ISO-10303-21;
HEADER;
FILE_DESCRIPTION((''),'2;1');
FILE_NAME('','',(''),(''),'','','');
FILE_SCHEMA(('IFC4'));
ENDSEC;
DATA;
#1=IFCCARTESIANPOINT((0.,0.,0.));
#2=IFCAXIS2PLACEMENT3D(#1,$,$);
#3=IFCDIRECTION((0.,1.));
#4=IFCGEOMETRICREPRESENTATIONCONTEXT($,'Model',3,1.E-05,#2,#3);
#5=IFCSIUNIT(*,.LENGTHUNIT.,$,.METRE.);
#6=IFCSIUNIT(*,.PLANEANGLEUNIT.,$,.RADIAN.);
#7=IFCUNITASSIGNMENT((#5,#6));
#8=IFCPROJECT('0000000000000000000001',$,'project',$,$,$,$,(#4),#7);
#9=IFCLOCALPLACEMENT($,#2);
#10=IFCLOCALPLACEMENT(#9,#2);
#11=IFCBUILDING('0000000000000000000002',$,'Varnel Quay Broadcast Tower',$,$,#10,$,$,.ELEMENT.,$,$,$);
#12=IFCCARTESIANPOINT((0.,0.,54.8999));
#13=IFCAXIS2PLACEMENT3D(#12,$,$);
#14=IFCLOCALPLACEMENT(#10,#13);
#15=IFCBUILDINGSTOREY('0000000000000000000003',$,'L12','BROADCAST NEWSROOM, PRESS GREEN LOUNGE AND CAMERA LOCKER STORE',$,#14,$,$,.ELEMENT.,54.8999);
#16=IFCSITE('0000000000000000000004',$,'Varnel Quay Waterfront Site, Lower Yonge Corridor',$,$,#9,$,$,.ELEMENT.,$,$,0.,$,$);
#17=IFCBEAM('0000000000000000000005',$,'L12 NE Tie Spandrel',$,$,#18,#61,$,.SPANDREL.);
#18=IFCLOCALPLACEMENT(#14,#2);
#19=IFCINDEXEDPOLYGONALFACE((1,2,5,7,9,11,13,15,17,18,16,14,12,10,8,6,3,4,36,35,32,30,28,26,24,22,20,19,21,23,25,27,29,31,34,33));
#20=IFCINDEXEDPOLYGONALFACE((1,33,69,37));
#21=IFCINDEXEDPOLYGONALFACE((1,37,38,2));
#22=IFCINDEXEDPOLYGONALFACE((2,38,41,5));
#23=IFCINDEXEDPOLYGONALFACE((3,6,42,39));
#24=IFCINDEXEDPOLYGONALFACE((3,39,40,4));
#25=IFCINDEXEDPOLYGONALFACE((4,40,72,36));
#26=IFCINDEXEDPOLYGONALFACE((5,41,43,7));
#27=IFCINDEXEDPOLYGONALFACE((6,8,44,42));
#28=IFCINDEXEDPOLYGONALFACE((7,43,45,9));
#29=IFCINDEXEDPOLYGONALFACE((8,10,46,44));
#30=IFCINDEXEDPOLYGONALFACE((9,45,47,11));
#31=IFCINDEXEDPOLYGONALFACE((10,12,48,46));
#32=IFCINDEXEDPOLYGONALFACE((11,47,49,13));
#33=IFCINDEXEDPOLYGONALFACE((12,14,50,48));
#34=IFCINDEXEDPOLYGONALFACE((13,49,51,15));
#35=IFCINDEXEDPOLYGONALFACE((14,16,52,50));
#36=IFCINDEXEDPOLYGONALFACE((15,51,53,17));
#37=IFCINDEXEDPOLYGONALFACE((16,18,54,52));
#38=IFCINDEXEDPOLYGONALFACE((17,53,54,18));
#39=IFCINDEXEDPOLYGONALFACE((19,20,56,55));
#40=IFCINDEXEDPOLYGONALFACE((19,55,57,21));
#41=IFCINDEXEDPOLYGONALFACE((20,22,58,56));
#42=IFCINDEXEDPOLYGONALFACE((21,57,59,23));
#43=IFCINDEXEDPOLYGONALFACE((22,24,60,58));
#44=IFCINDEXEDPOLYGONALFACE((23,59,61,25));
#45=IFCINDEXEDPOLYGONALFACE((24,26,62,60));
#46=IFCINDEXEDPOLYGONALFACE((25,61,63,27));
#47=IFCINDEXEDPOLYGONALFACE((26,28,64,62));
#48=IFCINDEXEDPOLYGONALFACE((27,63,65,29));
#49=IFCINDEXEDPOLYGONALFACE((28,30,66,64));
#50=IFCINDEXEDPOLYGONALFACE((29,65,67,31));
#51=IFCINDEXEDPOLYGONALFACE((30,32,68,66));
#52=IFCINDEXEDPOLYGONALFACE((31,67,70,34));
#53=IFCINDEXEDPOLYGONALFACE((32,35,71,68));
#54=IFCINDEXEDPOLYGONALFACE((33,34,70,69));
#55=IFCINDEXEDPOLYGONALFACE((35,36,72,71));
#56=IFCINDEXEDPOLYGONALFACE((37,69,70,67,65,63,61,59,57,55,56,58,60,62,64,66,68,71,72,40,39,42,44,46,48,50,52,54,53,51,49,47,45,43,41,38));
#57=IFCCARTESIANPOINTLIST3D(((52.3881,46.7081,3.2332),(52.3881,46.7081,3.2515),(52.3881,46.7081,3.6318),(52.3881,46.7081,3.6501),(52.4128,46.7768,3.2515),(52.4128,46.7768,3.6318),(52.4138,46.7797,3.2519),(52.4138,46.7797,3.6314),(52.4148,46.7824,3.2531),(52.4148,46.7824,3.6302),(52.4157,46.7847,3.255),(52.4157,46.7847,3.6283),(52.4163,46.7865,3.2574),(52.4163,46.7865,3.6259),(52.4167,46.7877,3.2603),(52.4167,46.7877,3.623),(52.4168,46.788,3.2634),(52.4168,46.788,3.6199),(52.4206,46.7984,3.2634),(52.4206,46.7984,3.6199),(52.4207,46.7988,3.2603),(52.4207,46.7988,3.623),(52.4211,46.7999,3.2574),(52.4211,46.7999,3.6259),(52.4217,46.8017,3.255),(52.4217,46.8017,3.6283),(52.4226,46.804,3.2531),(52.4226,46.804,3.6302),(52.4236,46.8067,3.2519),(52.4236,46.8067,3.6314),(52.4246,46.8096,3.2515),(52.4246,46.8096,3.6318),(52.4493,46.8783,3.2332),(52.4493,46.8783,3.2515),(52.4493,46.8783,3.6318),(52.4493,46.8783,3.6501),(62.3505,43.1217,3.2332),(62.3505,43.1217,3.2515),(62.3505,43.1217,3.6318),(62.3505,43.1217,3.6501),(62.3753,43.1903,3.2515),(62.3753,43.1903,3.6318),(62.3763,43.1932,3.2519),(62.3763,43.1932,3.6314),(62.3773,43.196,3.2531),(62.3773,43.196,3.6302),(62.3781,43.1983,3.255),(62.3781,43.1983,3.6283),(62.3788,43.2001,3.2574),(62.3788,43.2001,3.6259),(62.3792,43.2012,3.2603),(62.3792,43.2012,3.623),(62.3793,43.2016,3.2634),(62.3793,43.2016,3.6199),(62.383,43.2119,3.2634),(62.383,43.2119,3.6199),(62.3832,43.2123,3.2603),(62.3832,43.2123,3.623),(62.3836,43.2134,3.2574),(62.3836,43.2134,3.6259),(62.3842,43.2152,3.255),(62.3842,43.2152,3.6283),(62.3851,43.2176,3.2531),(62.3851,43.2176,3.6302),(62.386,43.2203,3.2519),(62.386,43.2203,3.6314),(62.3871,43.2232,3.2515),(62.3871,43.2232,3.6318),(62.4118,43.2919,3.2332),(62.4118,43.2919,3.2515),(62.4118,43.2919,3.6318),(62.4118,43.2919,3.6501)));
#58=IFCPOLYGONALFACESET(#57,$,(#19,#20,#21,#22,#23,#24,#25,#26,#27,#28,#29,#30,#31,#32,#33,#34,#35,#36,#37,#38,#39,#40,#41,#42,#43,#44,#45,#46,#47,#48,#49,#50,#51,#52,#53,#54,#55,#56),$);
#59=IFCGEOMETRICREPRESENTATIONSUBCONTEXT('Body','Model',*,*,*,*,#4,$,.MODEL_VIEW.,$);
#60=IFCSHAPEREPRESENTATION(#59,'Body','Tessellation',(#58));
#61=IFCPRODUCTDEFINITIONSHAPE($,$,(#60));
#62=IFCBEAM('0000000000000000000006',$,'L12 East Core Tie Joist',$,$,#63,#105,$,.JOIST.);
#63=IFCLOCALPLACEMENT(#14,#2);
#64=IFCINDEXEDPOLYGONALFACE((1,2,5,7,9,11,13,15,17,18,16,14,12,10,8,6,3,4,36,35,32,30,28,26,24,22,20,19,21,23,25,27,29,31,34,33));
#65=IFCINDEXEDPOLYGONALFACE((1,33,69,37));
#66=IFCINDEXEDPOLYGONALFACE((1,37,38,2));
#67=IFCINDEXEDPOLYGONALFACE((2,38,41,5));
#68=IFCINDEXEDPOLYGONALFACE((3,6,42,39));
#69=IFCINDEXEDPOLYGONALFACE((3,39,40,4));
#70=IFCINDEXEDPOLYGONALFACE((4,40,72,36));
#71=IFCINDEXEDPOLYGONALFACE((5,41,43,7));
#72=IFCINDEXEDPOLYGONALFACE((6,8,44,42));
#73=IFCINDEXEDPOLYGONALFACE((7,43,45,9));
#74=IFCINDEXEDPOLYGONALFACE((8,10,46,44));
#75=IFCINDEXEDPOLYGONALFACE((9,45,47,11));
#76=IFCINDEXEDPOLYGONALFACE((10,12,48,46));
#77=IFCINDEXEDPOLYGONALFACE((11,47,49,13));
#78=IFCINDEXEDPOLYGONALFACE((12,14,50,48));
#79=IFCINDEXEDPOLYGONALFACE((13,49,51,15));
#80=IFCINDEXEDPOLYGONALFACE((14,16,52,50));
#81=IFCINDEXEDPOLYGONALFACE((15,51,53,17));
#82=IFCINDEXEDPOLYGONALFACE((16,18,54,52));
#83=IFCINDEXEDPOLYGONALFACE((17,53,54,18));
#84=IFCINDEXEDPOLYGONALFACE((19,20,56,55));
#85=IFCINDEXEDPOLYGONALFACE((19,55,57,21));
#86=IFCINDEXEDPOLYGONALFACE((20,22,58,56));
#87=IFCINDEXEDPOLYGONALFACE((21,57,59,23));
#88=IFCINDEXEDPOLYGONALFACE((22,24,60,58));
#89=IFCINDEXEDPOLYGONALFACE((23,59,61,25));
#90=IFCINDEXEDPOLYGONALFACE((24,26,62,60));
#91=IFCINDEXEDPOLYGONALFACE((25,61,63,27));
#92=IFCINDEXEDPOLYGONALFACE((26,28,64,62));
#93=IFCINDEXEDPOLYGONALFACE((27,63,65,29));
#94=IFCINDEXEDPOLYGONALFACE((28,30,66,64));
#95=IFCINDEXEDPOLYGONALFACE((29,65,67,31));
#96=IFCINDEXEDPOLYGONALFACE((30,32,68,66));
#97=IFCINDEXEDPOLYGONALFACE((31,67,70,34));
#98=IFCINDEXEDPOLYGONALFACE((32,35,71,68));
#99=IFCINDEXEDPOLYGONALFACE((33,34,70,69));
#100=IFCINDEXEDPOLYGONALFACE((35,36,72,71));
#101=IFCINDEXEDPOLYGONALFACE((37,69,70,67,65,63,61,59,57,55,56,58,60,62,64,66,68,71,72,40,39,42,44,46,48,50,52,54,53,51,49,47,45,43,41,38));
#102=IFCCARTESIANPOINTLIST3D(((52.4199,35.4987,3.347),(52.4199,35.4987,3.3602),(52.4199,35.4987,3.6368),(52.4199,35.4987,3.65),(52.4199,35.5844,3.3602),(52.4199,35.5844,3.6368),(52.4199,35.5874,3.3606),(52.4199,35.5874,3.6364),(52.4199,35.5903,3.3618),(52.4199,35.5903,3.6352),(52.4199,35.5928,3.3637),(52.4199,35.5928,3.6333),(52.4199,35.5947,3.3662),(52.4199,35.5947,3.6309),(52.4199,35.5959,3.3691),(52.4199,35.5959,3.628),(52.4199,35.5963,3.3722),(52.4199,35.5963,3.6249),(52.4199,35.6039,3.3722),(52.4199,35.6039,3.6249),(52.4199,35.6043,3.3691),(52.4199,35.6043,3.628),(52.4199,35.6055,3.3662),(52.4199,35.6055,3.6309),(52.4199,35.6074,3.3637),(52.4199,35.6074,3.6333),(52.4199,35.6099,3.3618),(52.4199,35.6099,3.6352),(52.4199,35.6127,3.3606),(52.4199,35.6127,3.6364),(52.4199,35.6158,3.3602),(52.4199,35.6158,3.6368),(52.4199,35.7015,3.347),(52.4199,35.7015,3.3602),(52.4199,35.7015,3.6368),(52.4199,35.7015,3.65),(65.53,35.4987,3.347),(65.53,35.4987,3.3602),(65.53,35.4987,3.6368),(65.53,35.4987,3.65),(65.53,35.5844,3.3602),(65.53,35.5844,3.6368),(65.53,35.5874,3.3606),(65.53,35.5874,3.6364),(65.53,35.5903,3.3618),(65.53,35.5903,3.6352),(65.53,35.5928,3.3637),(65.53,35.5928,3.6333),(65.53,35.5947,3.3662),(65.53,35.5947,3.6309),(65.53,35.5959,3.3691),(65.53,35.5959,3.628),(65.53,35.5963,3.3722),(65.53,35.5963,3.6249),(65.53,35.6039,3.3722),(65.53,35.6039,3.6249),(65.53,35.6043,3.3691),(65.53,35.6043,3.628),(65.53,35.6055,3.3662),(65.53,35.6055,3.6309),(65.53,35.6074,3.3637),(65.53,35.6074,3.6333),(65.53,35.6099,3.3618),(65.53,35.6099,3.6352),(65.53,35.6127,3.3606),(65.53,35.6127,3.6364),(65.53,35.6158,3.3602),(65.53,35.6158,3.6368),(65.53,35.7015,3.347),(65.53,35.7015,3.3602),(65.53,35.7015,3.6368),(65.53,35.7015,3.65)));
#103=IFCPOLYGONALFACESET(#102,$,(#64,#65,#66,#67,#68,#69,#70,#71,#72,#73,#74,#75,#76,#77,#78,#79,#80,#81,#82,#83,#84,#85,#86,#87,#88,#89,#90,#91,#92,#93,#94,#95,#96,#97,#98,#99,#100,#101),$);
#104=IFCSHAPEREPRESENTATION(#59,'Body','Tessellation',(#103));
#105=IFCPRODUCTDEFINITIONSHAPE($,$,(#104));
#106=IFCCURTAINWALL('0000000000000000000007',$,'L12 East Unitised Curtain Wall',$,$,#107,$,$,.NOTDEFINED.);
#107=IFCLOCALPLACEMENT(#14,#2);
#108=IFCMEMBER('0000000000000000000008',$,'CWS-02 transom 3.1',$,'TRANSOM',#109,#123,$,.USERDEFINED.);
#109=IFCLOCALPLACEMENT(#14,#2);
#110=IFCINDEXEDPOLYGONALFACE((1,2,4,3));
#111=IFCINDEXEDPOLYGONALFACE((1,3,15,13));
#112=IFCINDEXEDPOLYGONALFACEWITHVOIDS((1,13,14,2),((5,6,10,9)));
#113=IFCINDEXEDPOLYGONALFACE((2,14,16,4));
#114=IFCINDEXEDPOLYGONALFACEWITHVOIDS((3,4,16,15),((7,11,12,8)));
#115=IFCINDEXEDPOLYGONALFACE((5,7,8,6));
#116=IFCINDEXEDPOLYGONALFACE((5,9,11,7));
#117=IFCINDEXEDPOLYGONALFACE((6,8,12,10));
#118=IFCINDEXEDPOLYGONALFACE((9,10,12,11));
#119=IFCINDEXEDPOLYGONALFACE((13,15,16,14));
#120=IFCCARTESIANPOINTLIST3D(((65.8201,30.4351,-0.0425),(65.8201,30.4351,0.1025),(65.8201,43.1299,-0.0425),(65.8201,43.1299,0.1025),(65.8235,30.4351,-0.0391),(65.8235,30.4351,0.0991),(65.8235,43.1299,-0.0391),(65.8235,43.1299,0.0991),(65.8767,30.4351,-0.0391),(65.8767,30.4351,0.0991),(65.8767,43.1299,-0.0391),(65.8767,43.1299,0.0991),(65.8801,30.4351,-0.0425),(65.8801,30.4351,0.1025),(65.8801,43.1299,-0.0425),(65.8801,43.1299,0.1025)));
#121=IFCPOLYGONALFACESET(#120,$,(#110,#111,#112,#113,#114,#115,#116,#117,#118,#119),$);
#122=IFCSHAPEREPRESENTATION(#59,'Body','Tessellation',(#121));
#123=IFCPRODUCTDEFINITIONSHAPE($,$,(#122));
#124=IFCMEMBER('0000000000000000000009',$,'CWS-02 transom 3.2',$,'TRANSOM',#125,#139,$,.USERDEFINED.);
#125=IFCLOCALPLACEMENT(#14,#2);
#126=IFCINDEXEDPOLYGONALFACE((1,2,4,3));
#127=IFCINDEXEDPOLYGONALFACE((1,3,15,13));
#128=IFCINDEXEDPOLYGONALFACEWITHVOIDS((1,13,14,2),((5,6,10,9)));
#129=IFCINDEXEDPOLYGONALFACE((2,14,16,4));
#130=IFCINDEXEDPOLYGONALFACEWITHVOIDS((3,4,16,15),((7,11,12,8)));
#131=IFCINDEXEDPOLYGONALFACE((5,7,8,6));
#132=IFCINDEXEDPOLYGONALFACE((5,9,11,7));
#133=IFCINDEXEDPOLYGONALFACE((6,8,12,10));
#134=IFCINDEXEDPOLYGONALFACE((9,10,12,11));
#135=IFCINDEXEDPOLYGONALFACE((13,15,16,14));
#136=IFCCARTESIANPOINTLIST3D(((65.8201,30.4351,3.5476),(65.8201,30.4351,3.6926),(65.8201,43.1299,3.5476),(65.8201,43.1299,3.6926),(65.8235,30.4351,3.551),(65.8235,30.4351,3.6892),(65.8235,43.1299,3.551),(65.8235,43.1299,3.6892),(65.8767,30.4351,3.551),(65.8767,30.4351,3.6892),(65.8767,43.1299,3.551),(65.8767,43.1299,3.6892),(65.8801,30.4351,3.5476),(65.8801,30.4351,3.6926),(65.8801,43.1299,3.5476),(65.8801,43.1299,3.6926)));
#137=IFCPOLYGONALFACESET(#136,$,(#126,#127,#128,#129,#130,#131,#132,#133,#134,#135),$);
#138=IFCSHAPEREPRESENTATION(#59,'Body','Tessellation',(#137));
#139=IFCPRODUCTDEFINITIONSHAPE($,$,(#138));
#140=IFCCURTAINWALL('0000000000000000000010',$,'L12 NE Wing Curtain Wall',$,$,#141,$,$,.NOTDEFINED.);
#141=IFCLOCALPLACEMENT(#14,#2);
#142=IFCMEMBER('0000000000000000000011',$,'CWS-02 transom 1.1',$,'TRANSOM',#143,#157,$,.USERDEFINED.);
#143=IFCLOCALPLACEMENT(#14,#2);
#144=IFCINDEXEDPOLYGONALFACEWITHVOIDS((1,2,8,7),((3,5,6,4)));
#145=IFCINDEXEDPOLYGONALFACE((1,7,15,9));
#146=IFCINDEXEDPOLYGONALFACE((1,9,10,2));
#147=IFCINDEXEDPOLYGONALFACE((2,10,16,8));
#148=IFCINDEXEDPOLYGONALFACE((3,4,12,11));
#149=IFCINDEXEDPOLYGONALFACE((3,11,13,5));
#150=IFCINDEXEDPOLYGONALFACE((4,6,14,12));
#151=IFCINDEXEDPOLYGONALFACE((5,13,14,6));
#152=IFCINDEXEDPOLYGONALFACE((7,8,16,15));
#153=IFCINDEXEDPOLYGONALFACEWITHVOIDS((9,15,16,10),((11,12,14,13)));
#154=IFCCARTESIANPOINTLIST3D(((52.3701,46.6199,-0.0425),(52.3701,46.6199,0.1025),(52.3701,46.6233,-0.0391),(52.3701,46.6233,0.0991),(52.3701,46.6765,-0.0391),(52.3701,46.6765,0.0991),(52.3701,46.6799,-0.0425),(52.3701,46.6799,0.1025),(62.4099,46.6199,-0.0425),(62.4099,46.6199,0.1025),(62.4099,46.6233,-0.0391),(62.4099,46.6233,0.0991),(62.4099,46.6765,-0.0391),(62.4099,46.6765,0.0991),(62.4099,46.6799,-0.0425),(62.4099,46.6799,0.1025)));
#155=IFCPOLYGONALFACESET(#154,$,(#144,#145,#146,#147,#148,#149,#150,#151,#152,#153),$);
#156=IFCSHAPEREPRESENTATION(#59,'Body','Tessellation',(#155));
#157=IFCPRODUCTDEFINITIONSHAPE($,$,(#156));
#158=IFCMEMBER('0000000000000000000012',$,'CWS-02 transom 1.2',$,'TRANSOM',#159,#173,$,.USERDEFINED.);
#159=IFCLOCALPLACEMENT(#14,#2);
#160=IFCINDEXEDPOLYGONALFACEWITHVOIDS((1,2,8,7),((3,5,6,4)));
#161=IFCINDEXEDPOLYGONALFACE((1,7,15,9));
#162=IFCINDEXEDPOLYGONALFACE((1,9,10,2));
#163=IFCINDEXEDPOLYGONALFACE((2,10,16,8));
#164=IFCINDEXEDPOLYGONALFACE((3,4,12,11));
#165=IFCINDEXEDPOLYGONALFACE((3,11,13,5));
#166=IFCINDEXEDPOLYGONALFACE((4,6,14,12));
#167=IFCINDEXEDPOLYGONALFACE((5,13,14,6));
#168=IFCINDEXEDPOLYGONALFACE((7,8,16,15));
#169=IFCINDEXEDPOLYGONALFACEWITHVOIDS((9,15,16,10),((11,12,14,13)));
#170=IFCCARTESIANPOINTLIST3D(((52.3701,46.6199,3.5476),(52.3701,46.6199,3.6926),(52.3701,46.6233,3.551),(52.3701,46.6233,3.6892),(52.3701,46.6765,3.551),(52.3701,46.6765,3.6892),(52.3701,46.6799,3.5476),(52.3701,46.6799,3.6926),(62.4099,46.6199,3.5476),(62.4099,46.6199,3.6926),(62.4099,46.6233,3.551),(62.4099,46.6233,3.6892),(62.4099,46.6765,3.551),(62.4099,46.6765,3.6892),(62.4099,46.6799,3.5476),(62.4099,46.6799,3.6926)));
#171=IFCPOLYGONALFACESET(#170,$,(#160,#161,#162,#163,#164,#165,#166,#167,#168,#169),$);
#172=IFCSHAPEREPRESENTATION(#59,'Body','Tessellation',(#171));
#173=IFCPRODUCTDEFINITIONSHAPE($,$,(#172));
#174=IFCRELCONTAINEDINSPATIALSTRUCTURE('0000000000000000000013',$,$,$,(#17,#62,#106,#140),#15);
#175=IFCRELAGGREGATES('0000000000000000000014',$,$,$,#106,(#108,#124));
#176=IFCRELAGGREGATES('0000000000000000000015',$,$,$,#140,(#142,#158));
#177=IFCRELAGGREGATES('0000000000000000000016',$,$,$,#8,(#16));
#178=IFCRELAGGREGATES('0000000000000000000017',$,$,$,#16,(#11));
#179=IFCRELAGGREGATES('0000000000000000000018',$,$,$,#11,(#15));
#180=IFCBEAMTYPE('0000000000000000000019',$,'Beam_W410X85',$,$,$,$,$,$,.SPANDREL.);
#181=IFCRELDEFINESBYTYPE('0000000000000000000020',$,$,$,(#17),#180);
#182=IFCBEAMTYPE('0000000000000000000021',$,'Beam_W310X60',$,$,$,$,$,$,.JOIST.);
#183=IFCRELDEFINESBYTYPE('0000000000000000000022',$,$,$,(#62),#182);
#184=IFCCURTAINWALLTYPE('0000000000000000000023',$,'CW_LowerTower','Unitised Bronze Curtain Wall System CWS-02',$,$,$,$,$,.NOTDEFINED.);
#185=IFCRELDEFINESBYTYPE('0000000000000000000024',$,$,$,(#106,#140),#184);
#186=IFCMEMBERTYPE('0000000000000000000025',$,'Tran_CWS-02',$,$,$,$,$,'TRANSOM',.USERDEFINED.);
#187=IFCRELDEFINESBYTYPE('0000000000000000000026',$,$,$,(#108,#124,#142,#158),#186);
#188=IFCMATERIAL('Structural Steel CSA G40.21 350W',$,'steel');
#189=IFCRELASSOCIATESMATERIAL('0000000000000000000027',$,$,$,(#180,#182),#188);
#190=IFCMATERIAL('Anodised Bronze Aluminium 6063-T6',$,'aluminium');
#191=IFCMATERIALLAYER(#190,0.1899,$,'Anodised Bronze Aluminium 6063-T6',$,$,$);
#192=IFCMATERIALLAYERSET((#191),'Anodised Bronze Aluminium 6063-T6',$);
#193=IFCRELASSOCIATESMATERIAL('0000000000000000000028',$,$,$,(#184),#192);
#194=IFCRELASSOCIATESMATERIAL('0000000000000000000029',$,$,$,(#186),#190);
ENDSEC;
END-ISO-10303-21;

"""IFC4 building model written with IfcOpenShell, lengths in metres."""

from ifc_helpers import new_model, si_unit, direction, frame, origin, origin_2d, place, context, subcontext, project, spatial, hollow_rectangle, i_section, extrude, source, transform, mapped, material, layer, layer_set, material_profile, profile_set, type_object, type_shapes, element, aggregate, save


model = new_model("IFC4")

# Units and contexts
model_context = context("Model", 3, precision=1e-05, world=origin(), true_north=direction((0.0, 1.0)))
body_context = subcontext(model_context, "Body", "Model", "MODEL_VIEW")
ifc_project = project(units=[si_unit("LENGTHUNIT", "METRE"), si_unit("PLANEANGLEUNIT", "RADIAN")], contexts=[model_context])

# Site, building, storey
site_placement = place(None, origin())
site = spatial("IfcSite", under=ifc_project, at=site_placement, Name="Varnel Quay Waterfront Site, Lower Yonge Corridor", CompositionType="ELEMENT", RefElevation=0.0)
building_placement = place(site_placement, origin())
building = spatial("IfcBuilding", under=site, at=building_placement, Name="Varnel Quay Broadcast Tower", CompositionType="ELEMENT")
storey_placement = place(building_placement, frame((0.0, 0.0, 54.8999)))
storey = spatial("IfcBuildingStorey", under=building, at=storey_placement, Name="L12", Description="BROADCAST NEWSROOM, PRESS GREEN LOUNGE AND CAMERA LOCKER STORE", CompositionType="ELEMENT", Elevation=54.8999)

# Shared definitions
ifc_material_1 = material(Name="Structural Steel CSA G40.21 350W", Category="steel")

# Beams
ifc_material_profile_1 = material_profile(ifc_material_1, i_section(OverallWidth=0.1809, OverallDepth=0.417, WebThickness=0.011, FlangeThickness=0.0183, FilletRadius=0.012, at=origin_2d()), Name="W410X85")
ifc_profile_set_1 = profile_set([ifc_material_profile_1], Name="Structural Steel CSA G40.21 350W")
beam_type_1 = type_object("IfcBeamType", Name="Beam_W410X85", PredefinedType="SPANDREL", material=ifc_profile_set_1)
shared_shape_1 = source(origin(), body_context, "Body", "SweptSolid", [
    extrude(i_section(OverallWidth=0.1809, OverallDepth=0.417, WebThickness=0.011, FlangeThickness=0.0183, FilletRadius=0.012, at=origin_2d()), origin(), (0.0, 0.0, 1.0), 10.5884),
])
beam_1_placement = place(storey_placement, frame((52.4187, 46.7932, 3.4417), z_axis=(0.940889, -0.338716, 0.0), x_axis=(0.338716, 0.940889, 0.0)))
element("IfcBeam", 1, at=beam_1_placement, inside=storey, type_object=beam_type_1, Name="L12 NE Tie Spandrel", PredefinedType="SPANDREL", context=body_context, shape_type="MappedRepresentation", body=[
    mapped(shared_shape_1, transform((0.0, 0.0, 0.0), x_axis=(1.0, 0.0, 0.0), y_axis=(0.0, 1.0, 0.0), z_axis=(0.0, 0.0, 1.0), scale=1.0)),
])
ifc_material_profile_2 = material_profile(ifc_material_1, i_section(OverallWidth=0.2029, OverallDepth=0.303, WebThickness=0.0076, FlangeThickness=0.0132, FilletRadius=0.012, at=origin_2d()), Name="W310X60")
ifc_profile_set_2 = profile_set([ifc_material_profile_2], Name="Structural Steel CSA G40.21 350W")
beam_type_2 = type_object("IfcBeamType", Name="Beam_W310X60", PredefinedType="JOIST", material=ifc_profile_set_2)
shared_shape_2 = source(origin(), body_context, "Body", "SweptSolid", [
    extrude(i_section(OverallWidth=0.2029, OverallDepth=0.303, WebThickness=0.0076, FlangeThickness=0.0132, FilletRadius=0.012, at=origin_2d()), origin(), (0.0, 0.0, 1.0), 13.1101),
])
type_shapes(beam_type_2, [shared_shape_2])
beam_2_placement = place(storey_placement, frame((52.4199, 35.6001, 3.4985), z_axis=(1.0, 0.0, 0.0), x_axis=(0.0, 1.0, 0.0)))
element("IfcBeam", 2, at=beam_2_placement, inside=storey, type_object=beam_type_2, Name="L12 East Core Tie Joist", PredefinedType="JOIST", context=body_context, shape_type="MappedRepresentation", body=[
    mapped(shared_shape_2, transform((0.0, 0.0, 0.0), x_axis=(1.0, 0.0, 0.0), y_axis=(0.0, 1.0, 0.0), z_axis=(0.0, 0.0, 1.0), scale=1.0)),
])

# Curtain walls, members
ifc_material_2 = material(Name="Anodised Bronze Aluminium 6063-T6", Category="aluminium")
ifc_layer_1 = layer(ifc_material_2, 0.1899, Name="Anodised Bronze Aluminium 6063-T6")
ifc_layer_set_1 = layer_set([ifc_layer_1], Name="Anodised Bronze Aluminium 6063-T6")
curtain_wall_type = type_object("IfcCurtainWallType", Name="CW_LowerTower", Description="Unitised Bronze Curtain Wall System CWS-02", PredefinedType="NOTDEFINED", material=ifc_layer_set_1)
curtain_wall_1_placement = place(storey_placement, origin())
curtain_wall_1 = element("IfcCurtainWall", 3, at=curtain_wall_1_placement, inside=storey, type_object=curtain_wall_type, Name="L12 East Unitised Curtain Wall", PredefinedType="NOTDEFINED")
ifc_material_profile_3 = material_profile(ifc_material_2, hollow_rectangle(XDim=0.0601, YDim=0.145, WallThickness=0.0034, at=origin_2d()), Name="ALU60X145X3.5")
ifc_profile_set_3 = profile_set([ifc_material_profile_3], Name="Anodised Bronze Aluminium 6063-T6")
member_type_1 = type_object("IfcMemberType", Name="Tran_CWS-02", ElementType="TRANSOM", PredefinedType="USERDEFINED", material=ifc_profile_set_3)
shared_shape_3 = source(origin(), body_context, "Body", "SweptSolid", [
    extrude(hollow_rectangle(XDim=0.0601, YDim=0.145, WallThickness=0.0034, at=origin_2d()), origin(), (0.0, 0.0, 1.0), 12.6948),
])
member_1_placement = place(storey_placement, frame((65.8501, 30.4351, 0.03), z_axis=(0.0, 1.0, 0.0), x_axis=(-1.0, 0.0, 0.0)))
member_1 = element("IfcMember", 4, at=member_1_placement, type_object=member_type_1, Name="CWS-02 transom 3.1", ObjectType="TRANSOM", PredefinedType="USERDEFINED", context=body_context, shape_type="MappedRepresentation", body=[
    mapped(shared_shape_3, transform((0.0, 0.0, 0.0), x_axis=(1.0, 0.0, 0.0), y_axis=(0.0, 1.0, 0.0), z_axis=(0.0, 0.0, 1.0), scale=1.0)),
])
member_2_placement = place(storey_placement, frame((65.8501, 30.4351, 3.6201), z_axis=(0.0, 1.0, 0.0), x_axis=(-1.0, 0.0, 0.0)))
member_2 = element("IfcMember", 5, at=member_2_placement, type_object=member_type_1, Name="CWS-02 transom 3.2", ObjectType="TRANSOM", PredefinedType="USERDEFINED", context=body_context, shape_type="MappedRepresentation", body=[
    mapped(shared_shape_3, transform((0.0, 0.0, 0.0), x_axis=(1.0, 0.0, 0.0), y_axis=(0.0, 1.0, 0.0), z_axis=(0.0, 0.0, 1.0), scale=1.0)),
])
curtain_wall_2_placement = place(storey_placement, origin())
curtain_wall_2 = element("IfcCurtainWall", 6, at=curtain_wall_2_placement, inside=storey, type_object=curtain_wall_type, Name="L12 NE Wing Curtain Wall", PredefinedType="NOTDEFINED")
shared_shape_4 = source(origin(), body_context, "Body", "SweptSolid", [
    extrude(hollow_rectangle(XDim=0.0601, YDim=0.145, WallThickness=0.0034, at=origin_2d()), origin(), (0.0, 0.0, 1.0), 10.0398),
])
type_shapes(member_type_1, [shared_shape_3, shared_shape_4])
member_3_placement = place(storey_placement, frame((52.3701, 46.6499, 0.03), z_axis=(1.0, 0.0, 0.0), x_axis=(0.0, 1.0, 0.0)))
member_3 = element("IfcMember", 7, at=member_3_placement, type_object=member_type_1, Name="CWS-02 transom 1.1", ObjectType="TRANSOM", PredefinedType="USERDEFINED", context=body_context, shape_type="MappedRepresentation", body=[
    mapped(shared_shape_4, transform((0.0, 0.0, 0.0), x_axis=(1.0, 0.0, 0.0), y_axis=(0.0, 1.0, 0.0), z_axis=(0.0, 0.0, 1.0), scale=1.0)),
])
member_4_placement = place(storey_placement, frame((52.3701, 46.6499, 3.6201), z_axis=(1.0, 0.0, 0.0), x_axis=(0.0, 1.0, 0.0)))
member_4 = element("IfcMember", 8, at=member_4_placement, type_object=member_type_1, Name="CWS-02 transom 1.2", ObjectType="TRANSOM", PredefinedType="USERDEFINED", context=body_context, shape_type="MappedRepresentation", body=[
    mapped(shared_shape_4, transform((0.0, 0.0, 0.0), x_axis=(1.0, 0.0, 0.0), y_axis=(0.0, 1.0, 0.0), z_axis=(0.0, 0.0, 1.0), scale=1.0)),
])

aggregate(curtain_wall_1, [member_1, member_2])
aggregate(curtain_wall_2, [member_3, member_4])

save(model, "model.ifc")
